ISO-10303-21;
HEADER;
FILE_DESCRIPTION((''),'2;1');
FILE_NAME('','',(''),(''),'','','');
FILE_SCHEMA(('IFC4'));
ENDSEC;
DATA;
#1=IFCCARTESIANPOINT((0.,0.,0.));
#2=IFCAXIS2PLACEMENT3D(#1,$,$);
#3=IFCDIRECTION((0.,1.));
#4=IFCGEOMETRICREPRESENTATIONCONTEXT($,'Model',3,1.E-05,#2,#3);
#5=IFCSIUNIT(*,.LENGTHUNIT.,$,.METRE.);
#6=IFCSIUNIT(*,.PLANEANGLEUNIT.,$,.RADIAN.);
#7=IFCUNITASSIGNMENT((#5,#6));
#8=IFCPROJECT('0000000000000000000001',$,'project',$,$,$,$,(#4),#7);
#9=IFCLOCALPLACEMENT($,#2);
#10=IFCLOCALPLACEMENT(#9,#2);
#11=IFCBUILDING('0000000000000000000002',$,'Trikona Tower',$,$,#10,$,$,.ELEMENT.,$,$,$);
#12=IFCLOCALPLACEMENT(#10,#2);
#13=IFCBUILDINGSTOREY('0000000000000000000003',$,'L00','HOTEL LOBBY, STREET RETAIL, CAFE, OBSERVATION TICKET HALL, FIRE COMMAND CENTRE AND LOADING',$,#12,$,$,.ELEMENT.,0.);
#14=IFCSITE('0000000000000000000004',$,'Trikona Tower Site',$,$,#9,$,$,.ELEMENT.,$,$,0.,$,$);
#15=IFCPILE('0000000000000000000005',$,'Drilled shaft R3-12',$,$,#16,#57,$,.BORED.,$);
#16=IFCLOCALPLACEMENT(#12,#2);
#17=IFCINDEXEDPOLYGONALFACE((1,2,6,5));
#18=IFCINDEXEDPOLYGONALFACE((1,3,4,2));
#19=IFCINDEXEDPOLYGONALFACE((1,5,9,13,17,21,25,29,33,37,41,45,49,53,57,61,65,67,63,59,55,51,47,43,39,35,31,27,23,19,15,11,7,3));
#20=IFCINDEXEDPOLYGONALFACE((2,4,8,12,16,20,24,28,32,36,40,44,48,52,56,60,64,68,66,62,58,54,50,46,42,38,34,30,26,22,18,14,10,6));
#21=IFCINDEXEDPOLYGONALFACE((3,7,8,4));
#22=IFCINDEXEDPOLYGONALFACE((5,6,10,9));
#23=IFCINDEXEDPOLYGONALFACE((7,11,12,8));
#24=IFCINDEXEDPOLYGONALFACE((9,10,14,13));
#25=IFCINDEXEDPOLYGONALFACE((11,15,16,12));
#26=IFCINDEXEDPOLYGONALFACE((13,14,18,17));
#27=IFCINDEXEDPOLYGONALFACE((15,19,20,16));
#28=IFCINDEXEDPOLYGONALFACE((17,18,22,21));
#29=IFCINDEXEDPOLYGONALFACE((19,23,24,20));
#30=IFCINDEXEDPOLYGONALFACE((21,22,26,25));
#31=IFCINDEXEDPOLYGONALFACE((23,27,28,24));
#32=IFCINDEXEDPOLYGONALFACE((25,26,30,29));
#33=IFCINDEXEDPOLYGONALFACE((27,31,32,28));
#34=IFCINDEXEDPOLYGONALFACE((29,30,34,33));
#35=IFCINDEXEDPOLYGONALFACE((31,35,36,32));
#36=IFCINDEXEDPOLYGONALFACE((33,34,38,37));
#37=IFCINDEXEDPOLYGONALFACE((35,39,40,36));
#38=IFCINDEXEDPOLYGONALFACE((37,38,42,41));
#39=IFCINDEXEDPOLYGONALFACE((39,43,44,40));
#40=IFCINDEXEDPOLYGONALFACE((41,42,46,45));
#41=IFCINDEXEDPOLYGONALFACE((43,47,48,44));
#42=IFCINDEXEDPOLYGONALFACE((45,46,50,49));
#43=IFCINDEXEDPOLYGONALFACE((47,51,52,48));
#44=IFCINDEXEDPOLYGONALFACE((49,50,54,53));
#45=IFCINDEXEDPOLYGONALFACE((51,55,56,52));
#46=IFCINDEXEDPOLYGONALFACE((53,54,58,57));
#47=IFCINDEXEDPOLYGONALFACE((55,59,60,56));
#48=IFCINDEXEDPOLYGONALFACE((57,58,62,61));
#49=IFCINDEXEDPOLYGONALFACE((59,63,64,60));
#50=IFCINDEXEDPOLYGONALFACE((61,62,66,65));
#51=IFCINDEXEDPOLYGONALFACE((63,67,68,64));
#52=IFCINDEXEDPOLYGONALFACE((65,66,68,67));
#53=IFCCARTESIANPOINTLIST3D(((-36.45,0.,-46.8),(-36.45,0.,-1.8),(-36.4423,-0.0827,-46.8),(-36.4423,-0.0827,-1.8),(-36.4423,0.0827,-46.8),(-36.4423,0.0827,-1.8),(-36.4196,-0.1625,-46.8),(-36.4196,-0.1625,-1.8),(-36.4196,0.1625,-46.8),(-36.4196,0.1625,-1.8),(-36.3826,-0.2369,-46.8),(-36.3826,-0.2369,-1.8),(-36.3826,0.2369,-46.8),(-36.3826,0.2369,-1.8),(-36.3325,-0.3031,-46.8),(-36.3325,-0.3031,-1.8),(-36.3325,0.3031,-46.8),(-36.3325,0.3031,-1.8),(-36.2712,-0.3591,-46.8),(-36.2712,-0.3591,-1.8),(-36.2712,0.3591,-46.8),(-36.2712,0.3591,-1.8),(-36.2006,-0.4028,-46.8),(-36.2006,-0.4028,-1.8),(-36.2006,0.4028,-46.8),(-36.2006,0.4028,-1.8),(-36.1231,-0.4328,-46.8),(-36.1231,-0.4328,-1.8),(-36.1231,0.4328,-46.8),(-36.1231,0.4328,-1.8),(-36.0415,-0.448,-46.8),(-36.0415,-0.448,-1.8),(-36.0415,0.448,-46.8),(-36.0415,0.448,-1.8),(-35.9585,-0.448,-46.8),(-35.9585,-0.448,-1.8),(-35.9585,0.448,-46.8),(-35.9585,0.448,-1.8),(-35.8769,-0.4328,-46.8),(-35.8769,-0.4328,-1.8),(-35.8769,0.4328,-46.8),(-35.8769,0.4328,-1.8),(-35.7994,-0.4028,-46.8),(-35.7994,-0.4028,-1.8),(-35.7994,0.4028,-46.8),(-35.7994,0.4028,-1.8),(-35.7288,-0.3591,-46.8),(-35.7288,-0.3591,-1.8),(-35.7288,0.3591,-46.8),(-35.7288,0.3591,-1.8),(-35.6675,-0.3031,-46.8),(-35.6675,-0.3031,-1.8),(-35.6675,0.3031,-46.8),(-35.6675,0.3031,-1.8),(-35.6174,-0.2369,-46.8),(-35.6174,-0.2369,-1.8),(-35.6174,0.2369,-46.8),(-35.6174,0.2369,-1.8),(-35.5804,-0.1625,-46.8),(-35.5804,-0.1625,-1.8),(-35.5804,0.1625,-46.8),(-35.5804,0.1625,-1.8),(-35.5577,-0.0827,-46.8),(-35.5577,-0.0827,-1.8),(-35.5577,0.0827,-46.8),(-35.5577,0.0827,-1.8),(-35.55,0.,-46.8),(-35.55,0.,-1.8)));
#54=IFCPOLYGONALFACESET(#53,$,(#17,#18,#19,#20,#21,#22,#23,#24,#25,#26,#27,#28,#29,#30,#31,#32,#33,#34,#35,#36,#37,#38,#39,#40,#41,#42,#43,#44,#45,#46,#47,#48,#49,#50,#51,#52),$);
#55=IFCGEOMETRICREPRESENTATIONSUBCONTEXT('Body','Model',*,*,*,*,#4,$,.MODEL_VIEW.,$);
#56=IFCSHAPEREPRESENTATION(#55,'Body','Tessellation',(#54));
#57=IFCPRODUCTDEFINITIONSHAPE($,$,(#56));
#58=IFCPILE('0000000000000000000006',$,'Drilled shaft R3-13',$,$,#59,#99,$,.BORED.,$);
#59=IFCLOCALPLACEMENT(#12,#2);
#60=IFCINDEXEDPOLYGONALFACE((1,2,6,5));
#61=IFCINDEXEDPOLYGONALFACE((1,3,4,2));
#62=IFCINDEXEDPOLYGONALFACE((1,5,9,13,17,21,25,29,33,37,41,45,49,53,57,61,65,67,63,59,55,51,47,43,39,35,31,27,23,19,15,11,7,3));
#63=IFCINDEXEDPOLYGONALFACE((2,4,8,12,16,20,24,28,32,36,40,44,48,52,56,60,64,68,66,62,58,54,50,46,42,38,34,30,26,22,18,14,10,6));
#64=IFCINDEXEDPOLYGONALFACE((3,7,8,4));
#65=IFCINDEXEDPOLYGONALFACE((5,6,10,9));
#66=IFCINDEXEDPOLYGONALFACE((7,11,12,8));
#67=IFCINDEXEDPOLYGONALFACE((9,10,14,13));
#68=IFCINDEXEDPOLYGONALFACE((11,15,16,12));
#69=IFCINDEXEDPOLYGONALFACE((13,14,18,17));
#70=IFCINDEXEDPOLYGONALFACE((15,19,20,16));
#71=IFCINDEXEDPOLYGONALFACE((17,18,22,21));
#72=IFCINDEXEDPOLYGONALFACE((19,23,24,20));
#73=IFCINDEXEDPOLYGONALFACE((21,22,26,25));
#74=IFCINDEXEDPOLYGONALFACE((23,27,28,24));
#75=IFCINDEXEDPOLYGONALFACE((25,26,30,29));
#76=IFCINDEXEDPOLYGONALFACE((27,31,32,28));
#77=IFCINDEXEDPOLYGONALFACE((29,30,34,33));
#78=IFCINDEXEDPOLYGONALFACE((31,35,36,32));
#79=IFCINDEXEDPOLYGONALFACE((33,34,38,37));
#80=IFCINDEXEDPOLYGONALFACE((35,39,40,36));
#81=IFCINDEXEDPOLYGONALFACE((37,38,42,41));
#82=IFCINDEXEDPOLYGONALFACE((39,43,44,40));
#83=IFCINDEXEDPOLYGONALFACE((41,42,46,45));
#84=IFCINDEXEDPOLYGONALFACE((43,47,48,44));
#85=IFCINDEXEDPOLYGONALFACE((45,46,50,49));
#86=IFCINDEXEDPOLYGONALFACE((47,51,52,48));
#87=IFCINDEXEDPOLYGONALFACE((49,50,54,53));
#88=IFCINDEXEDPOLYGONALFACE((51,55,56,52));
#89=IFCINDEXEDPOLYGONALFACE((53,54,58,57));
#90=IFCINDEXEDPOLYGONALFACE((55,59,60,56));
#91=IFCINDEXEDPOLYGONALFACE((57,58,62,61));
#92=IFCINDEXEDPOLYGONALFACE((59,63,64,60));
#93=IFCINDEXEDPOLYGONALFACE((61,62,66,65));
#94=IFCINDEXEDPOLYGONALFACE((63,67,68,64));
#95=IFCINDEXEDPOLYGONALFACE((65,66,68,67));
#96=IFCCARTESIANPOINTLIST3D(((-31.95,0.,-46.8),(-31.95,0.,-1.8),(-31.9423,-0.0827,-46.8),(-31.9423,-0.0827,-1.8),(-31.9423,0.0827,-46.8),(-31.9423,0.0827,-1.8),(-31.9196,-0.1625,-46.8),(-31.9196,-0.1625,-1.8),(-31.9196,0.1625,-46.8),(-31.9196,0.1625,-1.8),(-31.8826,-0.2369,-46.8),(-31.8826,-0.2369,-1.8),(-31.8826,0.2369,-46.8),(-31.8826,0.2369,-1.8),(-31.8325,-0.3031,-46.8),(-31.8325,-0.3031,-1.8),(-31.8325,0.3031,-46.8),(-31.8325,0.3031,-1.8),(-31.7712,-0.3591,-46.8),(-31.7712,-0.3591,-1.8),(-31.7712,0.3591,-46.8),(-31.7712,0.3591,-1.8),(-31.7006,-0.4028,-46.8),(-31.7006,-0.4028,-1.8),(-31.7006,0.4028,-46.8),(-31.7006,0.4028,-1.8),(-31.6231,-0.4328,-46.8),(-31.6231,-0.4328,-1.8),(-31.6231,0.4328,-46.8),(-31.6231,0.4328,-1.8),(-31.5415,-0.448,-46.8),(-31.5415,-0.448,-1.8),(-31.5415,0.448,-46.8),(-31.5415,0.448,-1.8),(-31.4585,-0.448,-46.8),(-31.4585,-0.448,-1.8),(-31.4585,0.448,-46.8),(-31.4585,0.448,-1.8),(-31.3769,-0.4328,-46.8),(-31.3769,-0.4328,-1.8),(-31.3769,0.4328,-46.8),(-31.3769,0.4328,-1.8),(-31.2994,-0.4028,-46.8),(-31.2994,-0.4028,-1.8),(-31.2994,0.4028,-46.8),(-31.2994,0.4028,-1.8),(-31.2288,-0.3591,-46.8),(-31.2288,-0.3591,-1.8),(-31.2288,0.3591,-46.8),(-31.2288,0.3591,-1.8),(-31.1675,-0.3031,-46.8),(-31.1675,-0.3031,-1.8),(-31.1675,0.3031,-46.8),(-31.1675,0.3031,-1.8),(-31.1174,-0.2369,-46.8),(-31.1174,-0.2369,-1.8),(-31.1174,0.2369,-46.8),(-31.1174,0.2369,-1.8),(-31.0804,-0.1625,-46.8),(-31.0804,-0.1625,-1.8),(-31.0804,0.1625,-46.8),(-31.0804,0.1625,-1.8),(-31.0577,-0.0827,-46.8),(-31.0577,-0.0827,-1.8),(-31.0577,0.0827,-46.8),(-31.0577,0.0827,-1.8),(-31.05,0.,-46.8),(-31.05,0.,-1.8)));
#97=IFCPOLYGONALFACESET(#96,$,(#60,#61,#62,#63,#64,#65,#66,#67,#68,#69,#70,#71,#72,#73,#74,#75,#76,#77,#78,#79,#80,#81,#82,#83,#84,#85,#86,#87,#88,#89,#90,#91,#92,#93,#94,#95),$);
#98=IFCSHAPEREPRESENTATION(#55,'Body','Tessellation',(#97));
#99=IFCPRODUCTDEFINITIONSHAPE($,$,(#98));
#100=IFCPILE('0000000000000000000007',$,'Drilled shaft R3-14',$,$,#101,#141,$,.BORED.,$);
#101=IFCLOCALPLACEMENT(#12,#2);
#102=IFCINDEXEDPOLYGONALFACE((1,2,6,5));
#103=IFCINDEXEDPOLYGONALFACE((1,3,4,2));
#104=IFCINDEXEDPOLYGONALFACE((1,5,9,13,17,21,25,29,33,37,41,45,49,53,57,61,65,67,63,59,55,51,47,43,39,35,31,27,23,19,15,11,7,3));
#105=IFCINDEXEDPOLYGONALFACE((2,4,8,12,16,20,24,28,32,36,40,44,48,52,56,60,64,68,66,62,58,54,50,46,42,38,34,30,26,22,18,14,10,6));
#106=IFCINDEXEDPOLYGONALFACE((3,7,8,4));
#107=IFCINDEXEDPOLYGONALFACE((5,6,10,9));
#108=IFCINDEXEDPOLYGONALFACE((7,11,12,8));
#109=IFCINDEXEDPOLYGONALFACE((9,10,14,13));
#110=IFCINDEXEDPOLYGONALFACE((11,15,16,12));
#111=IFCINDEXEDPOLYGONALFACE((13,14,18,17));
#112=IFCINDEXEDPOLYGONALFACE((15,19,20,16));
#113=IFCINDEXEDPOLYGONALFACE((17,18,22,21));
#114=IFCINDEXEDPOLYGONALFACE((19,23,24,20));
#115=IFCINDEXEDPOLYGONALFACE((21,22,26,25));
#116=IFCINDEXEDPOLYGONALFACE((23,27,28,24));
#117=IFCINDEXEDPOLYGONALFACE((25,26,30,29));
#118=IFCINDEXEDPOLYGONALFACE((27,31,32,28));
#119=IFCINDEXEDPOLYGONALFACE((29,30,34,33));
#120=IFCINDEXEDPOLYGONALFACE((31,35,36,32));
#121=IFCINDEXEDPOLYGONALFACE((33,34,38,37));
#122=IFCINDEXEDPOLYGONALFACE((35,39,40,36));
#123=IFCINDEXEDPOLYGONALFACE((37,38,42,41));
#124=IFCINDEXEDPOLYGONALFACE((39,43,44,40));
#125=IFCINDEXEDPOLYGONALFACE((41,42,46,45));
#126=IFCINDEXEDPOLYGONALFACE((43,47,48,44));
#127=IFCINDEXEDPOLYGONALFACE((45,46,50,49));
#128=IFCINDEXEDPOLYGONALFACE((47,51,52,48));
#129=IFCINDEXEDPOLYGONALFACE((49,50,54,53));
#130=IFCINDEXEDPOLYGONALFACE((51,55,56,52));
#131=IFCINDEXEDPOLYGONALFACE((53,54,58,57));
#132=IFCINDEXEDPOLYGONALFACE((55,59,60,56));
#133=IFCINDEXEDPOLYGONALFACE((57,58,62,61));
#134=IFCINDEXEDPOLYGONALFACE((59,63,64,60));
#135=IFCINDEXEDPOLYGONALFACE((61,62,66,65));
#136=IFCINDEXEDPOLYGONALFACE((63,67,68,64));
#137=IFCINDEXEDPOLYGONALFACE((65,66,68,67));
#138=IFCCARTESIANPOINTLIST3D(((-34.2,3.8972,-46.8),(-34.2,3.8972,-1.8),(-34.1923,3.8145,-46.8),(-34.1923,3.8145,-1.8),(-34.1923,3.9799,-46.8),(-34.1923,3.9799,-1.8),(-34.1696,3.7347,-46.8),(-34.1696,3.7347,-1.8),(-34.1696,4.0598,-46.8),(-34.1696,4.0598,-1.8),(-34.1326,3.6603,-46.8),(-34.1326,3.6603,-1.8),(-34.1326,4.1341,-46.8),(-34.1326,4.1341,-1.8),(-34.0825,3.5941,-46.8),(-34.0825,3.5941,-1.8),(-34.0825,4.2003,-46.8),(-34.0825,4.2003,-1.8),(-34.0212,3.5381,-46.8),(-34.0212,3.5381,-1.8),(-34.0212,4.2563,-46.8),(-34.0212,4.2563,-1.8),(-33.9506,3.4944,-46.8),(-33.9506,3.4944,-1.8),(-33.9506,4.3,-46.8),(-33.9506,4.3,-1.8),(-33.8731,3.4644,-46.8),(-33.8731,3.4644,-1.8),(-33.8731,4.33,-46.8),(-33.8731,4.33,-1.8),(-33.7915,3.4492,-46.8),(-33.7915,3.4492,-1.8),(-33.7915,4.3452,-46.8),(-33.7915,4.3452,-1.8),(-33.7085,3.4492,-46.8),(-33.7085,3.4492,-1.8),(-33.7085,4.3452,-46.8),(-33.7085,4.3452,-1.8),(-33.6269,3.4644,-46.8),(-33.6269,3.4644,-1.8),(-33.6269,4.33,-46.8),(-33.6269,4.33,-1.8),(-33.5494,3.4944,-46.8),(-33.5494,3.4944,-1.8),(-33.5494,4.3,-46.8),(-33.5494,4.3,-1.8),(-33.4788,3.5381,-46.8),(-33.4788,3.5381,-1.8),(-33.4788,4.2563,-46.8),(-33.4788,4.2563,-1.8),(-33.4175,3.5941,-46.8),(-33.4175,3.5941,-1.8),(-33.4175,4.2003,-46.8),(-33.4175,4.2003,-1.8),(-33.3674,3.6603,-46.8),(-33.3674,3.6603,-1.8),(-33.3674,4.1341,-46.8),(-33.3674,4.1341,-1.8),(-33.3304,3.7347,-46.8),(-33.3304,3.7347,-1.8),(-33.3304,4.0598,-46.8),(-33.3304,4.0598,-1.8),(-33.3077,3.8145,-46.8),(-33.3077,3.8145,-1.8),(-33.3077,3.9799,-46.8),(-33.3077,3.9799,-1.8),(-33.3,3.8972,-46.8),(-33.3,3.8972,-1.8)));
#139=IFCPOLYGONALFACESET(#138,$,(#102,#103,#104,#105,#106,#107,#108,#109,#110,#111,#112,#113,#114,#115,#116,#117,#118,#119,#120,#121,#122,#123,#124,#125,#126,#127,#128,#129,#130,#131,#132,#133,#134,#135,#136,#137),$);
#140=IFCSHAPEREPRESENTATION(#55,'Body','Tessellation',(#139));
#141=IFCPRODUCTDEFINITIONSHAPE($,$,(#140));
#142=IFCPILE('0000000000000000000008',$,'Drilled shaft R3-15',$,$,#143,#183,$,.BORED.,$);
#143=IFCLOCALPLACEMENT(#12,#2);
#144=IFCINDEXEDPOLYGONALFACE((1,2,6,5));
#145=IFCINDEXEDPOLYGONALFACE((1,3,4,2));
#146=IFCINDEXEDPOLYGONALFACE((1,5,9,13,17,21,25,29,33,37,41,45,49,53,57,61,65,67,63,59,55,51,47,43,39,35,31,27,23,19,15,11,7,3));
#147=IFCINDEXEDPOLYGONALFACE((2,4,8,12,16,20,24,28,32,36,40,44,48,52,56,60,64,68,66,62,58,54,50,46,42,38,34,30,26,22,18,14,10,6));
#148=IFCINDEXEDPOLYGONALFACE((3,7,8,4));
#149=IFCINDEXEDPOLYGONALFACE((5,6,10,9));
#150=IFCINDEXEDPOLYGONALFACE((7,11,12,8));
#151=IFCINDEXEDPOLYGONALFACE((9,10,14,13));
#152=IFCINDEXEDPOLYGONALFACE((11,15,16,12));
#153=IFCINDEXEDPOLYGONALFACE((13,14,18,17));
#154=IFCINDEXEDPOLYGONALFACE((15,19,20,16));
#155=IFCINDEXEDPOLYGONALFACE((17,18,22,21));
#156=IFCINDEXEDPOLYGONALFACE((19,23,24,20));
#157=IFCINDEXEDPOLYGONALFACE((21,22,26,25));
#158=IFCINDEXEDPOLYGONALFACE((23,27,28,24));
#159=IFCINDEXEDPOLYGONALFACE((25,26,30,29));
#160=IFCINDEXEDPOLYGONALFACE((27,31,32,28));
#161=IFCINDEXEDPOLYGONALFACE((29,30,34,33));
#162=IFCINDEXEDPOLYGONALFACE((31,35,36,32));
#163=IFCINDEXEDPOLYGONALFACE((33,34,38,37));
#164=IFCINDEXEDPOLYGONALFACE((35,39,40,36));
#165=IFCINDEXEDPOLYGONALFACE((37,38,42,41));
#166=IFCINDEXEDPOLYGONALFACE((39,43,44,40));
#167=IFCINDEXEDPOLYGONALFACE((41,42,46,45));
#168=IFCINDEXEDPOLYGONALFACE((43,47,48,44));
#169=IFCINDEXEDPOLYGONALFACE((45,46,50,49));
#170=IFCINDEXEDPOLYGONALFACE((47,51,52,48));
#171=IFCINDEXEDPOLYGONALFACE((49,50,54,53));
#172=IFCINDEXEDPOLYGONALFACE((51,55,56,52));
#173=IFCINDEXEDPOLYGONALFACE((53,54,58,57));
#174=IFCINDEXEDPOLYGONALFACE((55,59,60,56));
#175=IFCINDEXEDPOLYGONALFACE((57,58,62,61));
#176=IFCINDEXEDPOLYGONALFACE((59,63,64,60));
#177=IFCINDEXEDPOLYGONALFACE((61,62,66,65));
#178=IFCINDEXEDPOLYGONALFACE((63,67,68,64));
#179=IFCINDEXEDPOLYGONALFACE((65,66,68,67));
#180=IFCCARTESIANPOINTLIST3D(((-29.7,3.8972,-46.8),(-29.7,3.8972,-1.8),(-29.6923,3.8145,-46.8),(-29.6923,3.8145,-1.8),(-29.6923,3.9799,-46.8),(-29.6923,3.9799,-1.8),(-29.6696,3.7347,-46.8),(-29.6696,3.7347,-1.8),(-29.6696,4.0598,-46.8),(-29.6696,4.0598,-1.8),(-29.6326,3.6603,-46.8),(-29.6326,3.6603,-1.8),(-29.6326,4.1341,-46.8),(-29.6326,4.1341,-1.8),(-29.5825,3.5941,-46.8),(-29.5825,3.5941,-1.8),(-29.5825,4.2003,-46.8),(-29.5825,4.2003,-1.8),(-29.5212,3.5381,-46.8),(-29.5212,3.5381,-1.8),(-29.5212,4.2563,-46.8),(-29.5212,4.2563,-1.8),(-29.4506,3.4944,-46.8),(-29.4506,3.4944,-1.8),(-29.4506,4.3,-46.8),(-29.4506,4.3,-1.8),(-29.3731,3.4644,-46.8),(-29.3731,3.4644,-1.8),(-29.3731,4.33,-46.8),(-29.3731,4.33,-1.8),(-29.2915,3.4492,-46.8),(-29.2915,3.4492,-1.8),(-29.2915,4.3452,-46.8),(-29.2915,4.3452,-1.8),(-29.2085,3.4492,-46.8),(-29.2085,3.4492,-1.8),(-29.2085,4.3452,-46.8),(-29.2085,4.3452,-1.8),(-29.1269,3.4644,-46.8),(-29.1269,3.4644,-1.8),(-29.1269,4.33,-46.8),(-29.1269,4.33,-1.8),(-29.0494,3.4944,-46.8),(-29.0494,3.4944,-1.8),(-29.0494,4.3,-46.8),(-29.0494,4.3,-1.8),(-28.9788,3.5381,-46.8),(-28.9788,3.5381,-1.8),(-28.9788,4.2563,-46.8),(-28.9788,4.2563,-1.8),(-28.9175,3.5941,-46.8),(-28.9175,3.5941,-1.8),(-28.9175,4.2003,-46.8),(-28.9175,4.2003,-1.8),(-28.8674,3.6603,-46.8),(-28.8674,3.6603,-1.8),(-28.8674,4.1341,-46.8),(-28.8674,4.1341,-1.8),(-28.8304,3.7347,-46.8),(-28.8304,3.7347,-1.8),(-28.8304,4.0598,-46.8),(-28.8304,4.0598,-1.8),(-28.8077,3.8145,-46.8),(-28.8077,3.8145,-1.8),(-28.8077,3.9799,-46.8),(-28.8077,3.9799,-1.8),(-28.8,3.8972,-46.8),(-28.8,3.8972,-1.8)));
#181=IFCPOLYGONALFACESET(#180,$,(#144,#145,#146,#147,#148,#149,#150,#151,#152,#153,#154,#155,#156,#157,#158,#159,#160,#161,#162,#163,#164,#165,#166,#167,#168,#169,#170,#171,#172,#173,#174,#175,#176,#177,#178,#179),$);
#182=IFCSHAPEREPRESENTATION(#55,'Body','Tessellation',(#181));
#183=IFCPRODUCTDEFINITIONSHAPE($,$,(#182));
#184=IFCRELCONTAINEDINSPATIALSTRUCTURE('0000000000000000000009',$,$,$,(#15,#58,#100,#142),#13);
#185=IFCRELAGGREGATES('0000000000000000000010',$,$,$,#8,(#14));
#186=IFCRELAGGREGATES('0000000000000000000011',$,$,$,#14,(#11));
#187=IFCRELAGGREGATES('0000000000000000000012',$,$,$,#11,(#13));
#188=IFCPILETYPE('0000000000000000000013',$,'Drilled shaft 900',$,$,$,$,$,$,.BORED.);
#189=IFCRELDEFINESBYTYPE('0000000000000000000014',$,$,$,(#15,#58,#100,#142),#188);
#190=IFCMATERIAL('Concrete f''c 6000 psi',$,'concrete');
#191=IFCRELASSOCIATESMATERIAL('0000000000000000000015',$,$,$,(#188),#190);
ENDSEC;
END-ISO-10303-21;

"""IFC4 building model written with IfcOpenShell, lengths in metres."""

from ifc_helpers import new_model, si_unit, direction, frame, origin, origin_2d, place, context, subcontext, project, spatial, circle, extrude, material, type_object, element, save


model = new_model("IFC4")

# Units and contexts
model_context = context("Model", 3, precision=1e-05, world=origin(), true_north=direction((0.0, 1.0)))
body_context = subcontext(model_context, "Body", "Model", "MODEL_VIEW")
ifc_project = project(units=[si_unit("LENGTHUNIT", "METRE"), si_unit("PLANEANGLEUNIT", "RADIAN")], contexts=[model_context])

# Site, building, storey
site_placement = place(None, origin())
site = spatial("IfcSite", under=ifc_project, at=site_placement, Name="Trikona Tower Site", CompositionType="ELEMENT", RefElevation=0.0)
building_placement = place(site_placement, origin())
building = spatial("IfcBuilding", under=site, at=building_placement, Name="Trikona Tower", CompositionType="ELEMENT")
storey_placement = place(building_placement, origin())
storey = spatial("IfcBuildingStorey", under=building, at=storey_placement, Name="L00", Description="HOTEL LOBBY, STREET RETAIL, CAFE, OBSERVATION TICKET HALL, FIRE COMMAND CENTRE AND LOADING", CompositionType="ELEMENT", Elevation=0.0)

# Piles
ifc_material_1 = material(Name="Concrete f'c 6000 psi", Category="concrete")
pile_type = type_object("IfcPileType", Name="Drilled shaft 900", PredefinedType="BORED", material=ifc_material_1)
for number, where, z_axis, x_axis, name in (
    (1, (-36.0, 0.0, -1.8), (0.0, 0.0, -1.0), (1.0, 0.0, 0.0), "Drilled shaft R3-12"),
    (2, (-31.5, 0.0, -1.8), (0.0, 0.0, -1.0), (1.0, 0.0, 0.0), "Drilled shaft R3-13"),
    (3, (-33.75, 3.8972, -1.8), (0.0, 0.0, -1.0), (1.0, 0.0, 0.0), "Drilled shaft R3-14"),
    (4, (-29.25, 3.8972, -1.8), (0.0, 0.0, -1.0), (1.0, 0.0, 0.0), "Drilled shaft R3-15"),
):
    element("IfcPile", number, at=place(storey_placement, frame(where, z_axis=z_axis, x_axis=x_axis)), inside=storey, type_object=pile_type, Name=name, PredefinedType="BORED", context=body_context, shape_type="SweptSolid", body=[
        extrude(circle(Radius=0.45, at=origin_2d()), origin(), (0.0, 0.0, 1.0), 45.0),
    ])

save(model, "model.ifc")
